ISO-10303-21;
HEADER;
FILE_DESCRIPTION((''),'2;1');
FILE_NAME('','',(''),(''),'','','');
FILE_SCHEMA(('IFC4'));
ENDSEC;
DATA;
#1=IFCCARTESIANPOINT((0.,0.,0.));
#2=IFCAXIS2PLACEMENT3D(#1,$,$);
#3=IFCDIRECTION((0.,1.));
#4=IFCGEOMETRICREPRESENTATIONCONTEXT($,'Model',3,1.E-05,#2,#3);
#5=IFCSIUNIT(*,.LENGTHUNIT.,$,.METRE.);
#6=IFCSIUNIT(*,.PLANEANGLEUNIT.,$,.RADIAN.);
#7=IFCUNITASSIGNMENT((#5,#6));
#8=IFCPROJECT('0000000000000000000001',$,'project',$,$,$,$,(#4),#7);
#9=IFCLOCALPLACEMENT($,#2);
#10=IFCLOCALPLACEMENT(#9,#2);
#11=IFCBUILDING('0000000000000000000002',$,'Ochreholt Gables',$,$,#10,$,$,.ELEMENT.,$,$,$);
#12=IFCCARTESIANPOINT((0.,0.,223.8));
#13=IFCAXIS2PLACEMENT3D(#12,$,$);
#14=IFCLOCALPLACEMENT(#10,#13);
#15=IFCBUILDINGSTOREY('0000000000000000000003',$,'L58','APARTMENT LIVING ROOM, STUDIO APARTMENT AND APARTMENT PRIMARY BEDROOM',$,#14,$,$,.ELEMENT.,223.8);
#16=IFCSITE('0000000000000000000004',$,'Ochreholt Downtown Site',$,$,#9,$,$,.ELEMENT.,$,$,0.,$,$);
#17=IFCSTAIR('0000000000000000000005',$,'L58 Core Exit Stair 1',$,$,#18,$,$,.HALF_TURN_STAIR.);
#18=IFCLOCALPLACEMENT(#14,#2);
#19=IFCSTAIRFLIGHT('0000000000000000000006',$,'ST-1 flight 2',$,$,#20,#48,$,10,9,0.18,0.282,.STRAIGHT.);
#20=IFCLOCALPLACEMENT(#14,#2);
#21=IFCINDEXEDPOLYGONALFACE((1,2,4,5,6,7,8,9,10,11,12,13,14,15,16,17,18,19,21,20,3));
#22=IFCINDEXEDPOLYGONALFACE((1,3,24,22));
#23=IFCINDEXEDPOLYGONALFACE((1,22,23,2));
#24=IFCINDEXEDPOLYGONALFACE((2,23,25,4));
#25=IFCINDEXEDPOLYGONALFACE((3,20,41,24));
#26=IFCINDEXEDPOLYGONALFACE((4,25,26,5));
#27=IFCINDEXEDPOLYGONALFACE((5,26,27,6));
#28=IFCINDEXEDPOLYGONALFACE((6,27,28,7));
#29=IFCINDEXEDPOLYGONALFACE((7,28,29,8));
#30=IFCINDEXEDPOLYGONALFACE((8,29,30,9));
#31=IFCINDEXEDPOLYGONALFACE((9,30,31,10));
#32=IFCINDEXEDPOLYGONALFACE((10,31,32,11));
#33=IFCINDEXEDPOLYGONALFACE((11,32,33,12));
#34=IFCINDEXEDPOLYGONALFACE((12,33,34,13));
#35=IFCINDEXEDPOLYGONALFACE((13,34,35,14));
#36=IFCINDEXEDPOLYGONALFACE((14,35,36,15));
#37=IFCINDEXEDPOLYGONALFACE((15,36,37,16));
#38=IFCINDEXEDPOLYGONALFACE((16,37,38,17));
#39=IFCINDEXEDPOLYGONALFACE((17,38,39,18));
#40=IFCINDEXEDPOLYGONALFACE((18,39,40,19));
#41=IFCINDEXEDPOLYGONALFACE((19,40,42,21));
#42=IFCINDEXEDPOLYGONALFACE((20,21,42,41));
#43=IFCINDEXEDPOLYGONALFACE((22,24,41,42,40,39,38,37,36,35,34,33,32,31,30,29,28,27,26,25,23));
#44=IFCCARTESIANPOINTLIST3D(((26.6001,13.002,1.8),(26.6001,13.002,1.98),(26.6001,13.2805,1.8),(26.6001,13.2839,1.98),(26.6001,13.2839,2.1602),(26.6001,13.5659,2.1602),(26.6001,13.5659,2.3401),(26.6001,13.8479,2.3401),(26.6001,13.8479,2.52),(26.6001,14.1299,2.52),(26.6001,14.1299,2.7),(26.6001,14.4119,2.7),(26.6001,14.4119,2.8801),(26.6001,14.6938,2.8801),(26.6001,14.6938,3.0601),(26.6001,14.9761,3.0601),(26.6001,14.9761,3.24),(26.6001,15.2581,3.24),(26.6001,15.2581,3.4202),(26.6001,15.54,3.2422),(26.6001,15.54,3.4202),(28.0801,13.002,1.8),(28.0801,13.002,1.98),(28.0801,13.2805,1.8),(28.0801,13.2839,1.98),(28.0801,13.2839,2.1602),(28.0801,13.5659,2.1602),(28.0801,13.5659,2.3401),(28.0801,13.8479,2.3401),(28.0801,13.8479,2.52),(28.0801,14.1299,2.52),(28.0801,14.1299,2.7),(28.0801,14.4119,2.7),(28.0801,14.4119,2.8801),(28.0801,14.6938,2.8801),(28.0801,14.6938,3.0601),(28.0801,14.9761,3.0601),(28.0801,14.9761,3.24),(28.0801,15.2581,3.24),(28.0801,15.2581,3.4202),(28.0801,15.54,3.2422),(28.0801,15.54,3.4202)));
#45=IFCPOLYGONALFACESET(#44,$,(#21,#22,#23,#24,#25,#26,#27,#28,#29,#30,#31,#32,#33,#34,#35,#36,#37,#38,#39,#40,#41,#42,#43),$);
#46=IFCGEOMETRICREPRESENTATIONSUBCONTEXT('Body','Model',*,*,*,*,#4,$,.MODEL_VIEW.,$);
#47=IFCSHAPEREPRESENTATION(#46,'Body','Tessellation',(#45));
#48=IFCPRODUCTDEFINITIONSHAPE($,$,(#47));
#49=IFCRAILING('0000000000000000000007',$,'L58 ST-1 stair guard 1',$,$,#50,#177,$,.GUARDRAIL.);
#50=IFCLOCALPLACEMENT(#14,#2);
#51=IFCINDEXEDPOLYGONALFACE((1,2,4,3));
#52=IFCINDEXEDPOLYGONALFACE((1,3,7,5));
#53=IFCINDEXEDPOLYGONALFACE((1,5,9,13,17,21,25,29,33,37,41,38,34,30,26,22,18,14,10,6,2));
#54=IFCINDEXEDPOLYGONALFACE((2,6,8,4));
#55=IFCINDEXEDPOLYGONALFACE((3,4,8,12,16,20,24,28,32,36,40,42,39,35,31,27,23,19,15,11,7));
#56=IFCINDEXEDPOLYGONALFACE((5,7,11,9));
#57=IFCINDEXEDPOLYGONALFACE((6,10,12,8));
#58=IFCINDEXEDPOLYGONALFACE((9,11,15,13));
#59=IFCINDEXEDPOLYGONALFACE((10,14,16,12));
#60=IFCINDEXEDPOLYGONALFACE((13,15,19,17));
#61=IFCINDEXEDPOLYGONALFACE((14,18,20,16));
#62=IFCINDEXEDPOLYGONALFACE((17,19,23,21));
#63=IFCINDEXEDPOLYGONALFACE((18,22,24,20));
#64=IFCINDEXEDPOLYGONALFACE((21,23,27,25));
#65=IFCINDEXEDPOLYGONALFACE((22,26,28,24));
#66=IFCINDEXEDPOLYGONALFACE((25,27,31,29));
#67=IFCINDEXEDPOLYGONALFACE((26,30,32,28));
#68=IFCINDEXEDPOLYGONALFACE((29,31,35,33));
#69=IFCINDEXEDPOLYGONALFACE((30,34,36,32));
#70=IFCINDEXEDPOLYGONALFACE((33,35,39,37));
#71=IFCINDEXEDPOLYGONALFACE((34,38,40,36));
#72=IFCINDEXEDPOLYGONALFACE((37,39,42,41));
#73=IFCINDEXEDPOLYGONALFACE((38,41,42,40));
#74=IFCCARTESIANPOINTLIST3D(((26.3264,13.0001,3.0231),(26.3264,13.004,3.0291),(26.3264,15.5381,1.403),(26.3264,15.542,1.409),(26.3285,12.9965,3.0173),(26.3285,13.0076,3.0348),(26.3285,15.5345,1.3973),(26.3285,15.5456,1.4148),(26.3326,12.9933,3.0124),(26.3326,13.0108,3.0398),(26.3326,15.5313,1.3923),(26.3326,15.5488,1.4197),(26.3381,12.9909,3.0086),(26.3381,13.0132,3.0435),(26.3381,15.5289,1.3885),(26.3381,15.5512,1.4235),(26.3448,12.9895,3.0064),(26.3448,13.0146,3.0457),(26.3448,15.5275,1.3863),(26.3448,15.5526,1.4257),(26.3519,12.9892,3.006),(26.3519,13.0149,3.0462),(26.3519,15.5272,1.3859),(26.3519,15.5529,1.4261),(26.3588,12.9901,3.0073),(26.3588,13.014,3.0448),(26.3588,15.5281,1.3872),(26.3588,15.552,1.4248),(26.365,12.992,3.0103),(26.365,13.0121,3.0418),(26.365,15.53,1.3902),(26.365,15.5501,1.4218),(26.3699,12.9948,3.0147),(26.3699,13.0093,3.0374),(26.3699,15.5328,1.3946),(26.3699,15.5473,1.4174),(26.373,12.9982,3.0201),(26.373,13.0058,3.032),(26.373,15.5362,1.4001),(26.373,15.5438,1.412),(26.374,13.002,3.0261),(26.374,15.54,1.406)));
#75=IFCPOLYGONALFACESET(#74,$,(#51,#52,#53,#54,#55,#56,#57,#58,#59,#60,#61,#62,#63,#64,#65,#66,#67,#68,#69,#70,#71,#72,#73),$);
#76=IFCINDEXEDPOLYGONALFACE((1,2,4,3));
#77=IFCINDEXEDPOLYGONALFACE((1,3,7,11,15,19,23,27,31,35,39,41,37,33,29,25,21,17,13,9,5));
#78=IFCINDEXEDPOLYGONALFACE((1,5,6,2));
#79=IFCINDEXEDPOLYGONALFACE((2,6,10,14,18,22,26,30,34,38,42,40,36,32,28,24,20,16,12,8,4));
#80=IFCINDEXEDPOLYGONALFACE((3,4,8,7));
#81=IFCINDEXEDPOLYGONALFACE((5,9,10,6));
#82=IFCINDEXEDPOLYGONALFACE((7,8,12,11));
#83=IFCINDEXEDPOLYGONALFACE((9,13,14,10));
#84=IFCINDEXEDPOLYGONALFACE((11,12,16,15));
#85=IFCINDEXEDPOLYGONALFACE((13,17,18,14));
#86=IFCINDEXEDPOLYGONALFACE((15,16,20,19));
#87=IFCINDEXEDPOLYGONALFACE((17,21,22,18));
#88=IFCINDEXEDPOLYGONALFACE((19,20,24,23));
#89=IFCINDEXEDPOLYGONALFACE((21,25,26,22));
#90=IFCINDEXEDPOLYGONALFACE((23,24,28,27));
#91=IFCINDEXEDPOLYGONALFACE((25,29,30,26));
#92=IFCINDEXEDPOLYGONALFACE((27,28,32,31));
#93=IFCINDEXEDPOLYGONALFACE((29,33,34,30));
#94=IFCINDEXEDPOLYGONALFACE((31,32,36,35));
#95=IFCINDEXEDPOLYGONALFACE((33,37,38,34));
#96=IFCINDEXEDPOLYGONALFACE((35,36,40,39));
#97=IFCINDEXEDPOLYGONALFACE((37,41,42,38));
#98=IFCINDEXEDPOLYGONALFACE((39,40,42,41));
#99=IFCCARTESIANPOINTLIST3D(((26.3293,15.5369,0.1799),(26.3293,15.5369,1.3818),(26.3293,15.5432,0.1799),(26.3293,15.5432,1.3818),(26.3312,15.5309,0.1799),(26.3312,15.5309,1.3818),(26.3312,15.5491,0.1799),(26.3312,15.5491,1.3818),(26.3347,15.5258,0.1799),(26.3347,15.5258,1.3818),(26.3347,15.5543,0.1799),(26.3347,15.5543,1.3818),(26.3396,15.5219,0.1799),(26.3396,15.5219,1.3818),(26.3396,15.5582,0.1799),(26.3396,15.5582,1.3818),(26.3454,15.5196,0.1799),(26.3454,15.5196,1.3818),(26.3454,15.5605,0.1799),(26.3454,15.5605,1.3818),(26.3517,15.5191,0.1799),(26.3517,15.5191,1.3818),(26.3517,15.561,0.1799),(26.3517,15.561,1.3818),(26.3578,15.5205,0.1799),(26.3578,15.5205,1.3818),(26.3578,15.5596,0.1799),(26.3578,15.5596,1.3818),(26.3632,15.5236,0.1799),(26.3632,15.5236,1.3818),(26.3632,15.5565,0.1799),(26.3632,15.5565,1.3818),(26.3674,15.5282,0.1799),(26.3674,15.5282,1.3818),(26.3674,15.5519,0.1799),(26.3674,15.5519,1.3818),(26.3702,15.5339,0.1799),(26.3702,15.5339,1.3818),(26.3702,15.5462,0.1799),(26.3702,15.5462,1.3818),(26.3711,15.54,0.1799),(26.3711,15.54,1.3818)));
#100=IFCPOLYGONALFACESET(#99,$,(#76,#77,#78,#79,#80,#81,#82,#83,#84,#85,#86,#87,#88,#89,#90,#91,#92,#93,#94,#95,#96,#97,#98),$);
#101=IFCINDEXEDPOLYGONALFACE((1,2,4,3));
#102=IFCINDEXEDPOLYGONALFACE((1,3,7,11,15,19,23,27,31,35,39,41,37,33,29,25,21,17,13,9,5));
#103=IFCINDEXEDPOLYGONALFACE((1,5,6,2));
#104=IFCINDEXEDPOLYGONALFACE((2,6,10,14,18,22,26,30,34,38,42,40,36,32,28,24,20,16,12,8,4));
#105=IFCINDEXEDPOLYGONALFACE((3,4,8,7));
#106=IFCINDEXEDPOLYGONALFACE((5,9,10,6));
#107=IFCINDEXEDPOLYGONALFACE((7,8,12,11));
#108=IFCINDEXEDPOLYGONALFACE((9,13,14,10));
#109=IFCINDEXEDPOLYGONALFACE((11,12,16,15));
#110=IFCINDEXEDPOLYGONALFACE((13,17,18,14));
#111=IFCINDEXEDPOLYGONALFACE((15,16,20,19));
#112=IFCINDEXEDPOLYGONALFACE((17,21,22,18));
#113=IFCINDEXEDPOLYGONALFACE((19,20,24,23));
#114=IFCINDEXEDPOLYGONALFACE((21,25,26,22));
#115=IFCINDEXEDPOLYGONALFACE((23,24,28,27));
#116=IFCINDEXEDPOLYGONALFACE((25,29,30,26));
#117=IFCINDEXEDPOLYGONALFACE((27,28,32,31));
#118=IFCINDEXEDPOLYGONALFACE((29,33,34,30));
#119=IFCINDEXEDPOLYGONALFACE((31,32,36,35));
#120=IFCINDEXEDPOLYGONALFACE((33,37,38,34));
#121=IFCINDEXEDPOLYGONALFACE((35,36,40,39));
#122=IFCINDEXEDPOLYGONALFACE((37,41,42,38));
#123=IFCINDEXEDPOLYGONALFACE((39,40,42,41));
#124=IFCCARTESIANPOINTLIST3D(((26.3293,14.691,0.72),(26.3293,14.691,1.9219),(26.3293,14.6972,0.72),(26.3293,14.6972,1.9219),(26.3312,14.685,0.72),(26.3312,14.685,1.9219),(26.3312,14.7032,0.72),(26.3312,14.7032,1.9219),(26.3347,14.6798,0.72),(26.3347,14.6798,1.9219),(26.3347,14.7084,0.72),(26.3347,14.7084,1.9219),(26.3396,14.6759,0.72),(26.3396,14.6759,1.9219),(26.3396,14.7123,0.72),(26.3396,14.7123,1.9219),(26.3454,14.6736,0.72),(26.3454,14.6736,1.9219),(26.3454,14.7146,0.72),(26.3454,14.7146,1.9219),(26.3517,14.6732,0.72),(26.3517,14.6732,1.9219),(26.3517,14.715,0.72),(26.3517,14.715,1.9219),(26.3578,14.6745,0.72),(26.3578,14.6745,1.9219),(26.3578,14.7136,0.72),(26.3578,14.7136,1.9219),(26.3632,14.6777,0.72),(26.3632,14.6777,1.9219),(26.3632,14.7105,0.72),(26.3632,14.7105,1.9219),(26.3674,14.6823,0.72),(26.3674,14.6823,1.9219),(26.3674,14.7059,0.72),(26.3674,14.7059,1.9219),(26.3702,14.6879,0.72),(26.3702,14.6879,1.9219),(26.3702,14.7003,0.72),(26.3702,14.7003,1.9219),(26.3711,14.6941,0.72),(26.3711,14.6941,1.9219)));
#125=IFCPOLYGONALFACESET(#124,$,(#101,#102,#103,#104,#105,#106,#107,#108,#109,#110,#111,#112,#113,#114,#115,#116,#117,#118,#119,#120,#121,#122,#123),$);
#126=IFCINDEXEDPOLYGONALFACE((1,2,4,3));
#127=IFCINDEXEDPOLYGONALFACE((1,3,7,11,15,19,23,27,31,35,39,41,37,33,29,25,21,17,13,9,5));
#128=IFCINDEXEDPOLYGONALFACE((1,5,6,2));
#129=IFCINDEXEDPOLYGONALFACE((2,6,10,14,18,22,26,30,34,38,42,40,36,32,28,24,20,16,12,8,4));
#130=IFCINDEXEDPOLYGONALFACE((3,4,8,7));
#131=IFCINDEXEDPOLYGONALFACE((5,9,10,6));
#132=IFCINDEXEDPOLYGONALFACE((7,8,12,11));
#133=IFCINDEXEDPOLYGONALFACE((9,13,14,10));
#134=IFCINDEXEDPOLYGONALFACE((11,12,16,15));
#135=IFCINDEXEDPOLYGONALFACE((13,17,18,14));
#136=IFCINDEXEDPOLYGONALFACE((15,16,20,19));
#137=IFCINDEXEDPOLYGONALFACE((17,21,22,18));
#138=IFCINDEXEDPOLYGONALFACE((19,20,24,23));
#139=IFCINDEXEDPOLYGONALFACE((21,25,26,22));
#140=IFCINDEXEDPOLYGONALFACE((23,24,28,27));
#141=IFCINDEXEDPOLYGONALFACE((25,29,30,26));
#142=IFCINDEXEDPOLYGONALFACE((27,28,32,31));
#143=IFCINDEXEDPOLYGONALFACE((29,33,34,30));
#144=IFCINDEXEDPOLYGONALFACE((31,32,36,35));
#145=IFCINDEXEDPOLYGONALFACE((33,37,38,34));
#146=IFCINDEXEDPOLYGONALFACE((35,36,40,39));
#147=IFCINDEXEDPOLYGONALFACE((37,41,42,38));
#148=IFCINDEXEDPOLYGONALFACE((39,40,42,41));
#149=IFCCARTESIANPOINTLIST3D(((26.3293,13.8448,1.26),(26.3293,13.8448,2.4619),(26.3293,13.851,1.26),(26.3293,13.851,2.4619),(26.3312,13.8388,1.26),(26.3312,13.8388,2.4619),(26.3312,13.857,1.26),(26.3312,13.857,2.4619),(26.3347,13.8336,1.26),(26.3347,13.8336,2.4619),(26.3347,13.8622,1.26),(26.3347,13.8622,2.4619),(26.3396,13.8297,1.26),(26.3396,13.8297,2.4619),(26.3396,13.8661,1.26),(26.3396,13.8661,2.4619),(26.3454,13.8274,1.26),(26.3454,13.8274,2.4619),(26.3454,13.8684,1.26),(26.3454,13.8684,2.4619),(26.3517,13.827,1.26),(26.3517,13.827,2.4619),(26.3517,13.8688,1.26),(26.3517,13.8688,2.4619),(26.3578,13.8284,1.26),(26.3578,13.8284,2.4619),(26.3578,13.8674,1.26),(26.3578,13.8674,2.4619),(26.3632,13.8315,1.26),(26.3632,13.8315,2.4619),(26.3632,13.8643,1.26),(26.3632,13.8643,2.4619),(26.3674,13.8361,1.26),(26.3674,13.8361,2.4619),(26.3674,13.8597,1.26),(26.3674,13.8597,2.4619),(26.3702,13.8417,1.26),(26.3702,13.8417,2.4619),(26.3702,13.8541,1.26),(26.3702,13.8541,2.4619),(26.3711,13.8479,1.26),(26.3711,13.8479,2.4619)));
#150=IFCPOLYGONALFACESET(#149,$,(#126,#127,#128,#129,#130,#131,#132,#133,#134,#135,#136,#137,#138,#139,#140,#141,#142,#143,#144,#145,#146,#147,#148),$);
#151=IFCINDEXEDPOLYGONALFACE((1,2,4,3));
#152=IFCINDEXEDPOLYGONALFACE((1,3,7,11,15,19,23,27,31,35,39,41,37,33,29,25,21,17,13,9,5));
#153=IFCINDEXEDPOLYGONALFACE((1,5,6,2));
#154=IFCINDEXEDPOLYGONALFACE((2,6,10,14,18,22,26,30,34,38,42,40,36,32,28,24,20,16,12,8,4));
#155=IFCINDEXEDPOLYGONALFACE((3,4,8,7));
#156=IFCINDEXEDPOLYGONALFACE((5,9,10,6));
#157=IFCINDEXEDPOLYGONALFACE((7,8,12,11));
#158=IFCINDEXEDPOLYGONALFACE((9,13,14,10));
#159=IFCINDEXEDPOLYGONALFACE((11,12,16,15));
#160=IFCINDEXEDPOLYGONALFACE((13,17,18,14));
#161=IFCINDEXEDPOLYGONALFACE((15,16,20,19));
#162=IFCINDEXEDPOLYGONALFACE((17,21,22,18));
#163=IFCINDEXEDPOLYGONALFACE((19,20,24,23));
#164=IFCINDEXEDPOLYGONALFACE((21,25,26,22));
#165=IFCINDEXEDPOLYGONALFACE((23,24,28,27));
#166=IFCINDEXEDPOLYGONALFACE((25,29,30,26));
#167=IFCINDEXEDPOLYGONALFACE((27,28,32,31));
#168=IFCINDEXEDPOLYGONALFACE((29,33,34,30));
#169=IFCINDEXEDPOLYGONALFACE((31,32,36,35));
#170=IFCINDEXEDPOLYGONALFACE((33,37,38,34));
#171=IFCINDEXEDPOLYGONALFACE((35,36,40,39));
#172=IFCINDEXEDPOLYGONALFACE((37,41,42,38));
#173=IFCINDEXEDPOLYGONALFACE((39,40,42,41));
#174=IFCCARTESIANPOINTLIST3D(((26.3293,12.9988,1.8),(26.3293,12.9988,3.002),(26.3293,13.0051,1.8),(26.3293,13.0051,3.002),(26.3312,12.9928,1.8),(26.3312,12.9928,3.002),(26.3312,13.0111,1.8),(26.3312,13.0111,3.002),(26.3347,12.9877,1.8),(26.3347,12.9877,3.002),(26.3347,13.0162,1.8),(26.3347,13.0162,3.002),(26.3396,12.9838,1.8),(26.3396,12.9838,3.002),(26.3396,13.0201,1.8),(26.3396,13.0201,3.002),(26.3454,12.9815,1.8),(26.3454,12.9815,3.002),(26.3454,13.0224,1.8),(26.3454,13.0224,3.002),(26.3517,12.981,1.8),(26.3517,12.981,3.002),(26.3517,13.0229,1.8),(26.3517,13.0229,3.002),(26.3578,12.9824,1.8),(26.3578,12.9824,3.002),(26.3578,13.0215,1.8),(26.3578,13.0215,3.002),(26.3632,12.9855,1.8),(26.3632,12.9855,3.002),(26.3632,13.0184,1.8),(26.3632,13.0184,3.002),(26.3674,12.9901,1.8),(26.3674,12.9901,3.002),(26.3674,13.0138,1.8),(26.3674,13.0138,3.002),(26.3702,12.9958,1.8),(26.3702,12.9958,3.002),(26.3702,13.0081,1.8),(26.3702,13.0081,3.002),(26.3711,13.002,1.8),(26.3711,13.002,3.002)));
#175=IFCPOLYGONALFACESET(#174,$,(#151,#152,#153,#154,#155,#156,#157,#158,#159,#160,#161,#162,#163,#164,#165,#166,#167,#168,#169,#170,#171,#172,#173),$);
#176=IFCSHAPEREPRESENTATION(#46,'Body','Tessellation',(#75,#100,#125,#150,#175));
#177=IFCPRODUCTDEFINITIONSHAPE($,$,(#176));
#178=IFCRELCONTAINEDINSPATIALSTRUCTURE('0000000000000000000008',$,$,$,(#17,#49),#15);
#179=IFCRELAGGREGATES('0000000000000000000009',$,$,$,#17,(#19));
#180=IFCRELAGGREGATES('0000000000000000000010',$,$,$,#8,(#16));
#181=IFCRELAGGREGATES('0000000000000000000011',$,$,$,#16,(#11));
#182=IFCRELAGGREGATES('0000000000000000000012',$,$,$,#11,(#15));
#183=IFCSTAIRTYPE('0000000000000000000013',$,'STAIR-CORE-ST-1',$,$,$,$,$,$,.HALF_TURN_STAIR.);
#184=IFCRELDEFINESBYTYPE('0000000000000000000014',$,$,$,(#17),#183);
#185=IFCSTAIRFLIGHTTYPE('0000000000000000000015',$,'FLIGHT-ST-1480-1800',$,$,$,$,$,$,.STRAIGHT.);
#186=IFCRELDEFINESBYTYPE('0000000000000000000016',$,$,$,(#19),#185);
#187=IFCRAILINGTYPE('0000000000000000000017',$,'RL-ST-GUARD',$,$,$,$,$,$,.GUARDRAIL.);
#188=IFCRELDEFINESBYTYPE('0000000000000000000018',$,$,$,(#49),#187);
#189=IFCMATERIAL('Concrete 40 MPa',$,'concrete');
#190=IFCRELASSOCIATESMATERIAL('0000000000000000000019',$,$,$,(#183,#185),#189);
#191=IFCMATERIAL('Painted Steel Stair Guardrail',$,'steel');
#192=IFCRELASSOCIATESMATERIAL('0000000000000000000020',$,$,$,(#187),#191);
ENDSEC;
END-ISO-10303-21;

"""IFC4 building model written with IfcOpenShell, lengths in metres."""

from ifc_helpers import new_model, si_unit, direction, frame, origin, origin_2d, place, context, subcontext, project, spatial, polyline, circle, outline, extrude, material, type_object, element, aggregate, save


model = new_model("IFC4")

# Units and contexts
model_context = context("Model", 3, precision=1e-05, world=origin(), true_north=direction((0.0, 1.0)))
body_context = subcontext(model_context, "Body", "Model", "MODEL_VIEW")
ifc_project = project(units=[si_unit("LENGTHUNIT", "METRE"), si_unit("PLANEANGLEUNIT", "RADIAN")], contexts=[model_context])

# Site, building, storey
site_placement = place(None, origin())
site = spatial("IfcSite", under=ifc_project, at=site_placement, Name="Ochreholt Downtown Site", CompositionType="ELEMENT", RefElevation=0.0)
building_placement = place(site_placement, origin())
building = spatial("IfcBuilding", under=site, at=building_placement, Name="Ochreholt Gables", CompositionType="ELEMENT")
storey_placement = place(building_placement, frame((0.0, 0.0, 223.8)))
storey = spatial("IfcBuildingStorey", under=building, at=storey_placement, Name="L58", Description="APARTMENT LIVING ROOM, STUDIO APARTMENT AND APARTMENT PRIMARY BEDROOM", CompositionType="ELEMENT", Elevation=223.8)

# Shared definitions
ifc_material_1 = material(Name="Concrete 40 MPa", Category="concrete")

# Stair, stair flight
stair_type = type_object("IfcStairType", Name="STAIR-CORE-ST-1", PredefinedType="HALF_TURN_STAIR", material=ifc_material_1)
stair_placement = place(storey_placement, origin())
stair = element("IfcStair", 1, at=stair_placement, inside=storey, type_object=stair_type, Name="L58 Core Exit Stair 1", PredefinedType="HALF_TURN_STAIR")
stair_flight_type = type_object("IfcStairFlightType", Name="FLIGHT-ST-1480-1800", PredefinedType="STRAIGHT", material=ifc_material_1)
stair_flight_placement = place(storey_placement, frame((27.3401, 13.002, 1.8), z_axis=(0.0, 0.0, 1.0), x_axis=(0.0, 1.0, 0.0)))
stair_flight = element("IfcStairFlight", 2, at=stair_flight_placement, type_object=stair_flight_type, Name="ST-1 flight 2", NumberOfRisers=10, NumberOfTreads=9, PredefinedType="STRAIGHT", RiserHeight=0.18, TreadLength=0.282, context=body_context, shape_type="SweptSolid", body=[
    extrude(outline(polyline([(0.0, 0.0), (0.0, 0.1799), (0.282, 0.1799), (0.282, 0.3601), (0.564, 0.3601), (0.564, 0.54), (0.8459, 0.54), (0.8459, 0.72), (1.1279, 0.72), (1.1279, 0.8999), (1.4099, 0.8999), (1.4099, 1.0801), (1.6919, 1.0801), (1.6919, 1.26), (1.9741, 1.26), (1.9741, 1.4399), (2.2561, 1.4399), (2.2561, 1.6201), (2.5381, 1.6201), (2.5381, 1.8), (2.5381, 1.4421), (0.2786, 0.0), (0.0, 0.0)])), frame((0.0, 0.74, 0.0), z_axis=(0.0, -1.0, 0.0), x_axis=(1.0, 0.0, 0.0)), (0.0, 0.0, 1.0), 1.48),
])
aggregate(stair, [stair_flight])

# Railing
ifc_material_2 = material(Name="Painted Steel Stair Guardrail", Category="steel")
railing_type_1 = type_object("IfcRailingType", Name="RL-ST-GUARD", PredefinedType="GUARDRAIL", material=ifc_material_2)
railing_1_placement = place(storey_placement, frame((26.3501, 15.54, 0.1799)))
element("IfcRailing", 3, at=railing_1_placement, inside=storey, type_object=railing_type_1, Name="L58 ST-1 stair guard 1", PredefinedType="GUARDRAIL", context=body_context, shape_type="SweptSolid", body=[
    extrude(circle(Radius=0.0239, at=origin_2d()), frame((0.0, 0.0, 1.2261), z_axis=(0.0, -0.842913, 0.53805), x_axis=(1.0, 0.0, 0.0)), (0.0, 0.0, 1.0), 3.011),
    extrude(circle(Radius=0.021, at=origin_2d()), origin(), (0.0, 0.0, 1.0), 1.2019),
    extrude(circle(Radius=0.021, at=origin_2d()), frame((0.0, -0.8459, 0.54)), (0.0, 0.0, 1.0), 1.2019),
    extrude(circle(Radius=0.021, at=origin_2d()), frame((0.0, -1.6921, 1.0801)), (0.0, 0.0, 1.0), 1.2019),
    extrude(circle(Radius=0.021, at=origin_2d()), frame((0.0, -2.5381, 1.6201)), (0.0, 0.0, 1.0), 1.2019),
])

save(model, "model.ifc")
